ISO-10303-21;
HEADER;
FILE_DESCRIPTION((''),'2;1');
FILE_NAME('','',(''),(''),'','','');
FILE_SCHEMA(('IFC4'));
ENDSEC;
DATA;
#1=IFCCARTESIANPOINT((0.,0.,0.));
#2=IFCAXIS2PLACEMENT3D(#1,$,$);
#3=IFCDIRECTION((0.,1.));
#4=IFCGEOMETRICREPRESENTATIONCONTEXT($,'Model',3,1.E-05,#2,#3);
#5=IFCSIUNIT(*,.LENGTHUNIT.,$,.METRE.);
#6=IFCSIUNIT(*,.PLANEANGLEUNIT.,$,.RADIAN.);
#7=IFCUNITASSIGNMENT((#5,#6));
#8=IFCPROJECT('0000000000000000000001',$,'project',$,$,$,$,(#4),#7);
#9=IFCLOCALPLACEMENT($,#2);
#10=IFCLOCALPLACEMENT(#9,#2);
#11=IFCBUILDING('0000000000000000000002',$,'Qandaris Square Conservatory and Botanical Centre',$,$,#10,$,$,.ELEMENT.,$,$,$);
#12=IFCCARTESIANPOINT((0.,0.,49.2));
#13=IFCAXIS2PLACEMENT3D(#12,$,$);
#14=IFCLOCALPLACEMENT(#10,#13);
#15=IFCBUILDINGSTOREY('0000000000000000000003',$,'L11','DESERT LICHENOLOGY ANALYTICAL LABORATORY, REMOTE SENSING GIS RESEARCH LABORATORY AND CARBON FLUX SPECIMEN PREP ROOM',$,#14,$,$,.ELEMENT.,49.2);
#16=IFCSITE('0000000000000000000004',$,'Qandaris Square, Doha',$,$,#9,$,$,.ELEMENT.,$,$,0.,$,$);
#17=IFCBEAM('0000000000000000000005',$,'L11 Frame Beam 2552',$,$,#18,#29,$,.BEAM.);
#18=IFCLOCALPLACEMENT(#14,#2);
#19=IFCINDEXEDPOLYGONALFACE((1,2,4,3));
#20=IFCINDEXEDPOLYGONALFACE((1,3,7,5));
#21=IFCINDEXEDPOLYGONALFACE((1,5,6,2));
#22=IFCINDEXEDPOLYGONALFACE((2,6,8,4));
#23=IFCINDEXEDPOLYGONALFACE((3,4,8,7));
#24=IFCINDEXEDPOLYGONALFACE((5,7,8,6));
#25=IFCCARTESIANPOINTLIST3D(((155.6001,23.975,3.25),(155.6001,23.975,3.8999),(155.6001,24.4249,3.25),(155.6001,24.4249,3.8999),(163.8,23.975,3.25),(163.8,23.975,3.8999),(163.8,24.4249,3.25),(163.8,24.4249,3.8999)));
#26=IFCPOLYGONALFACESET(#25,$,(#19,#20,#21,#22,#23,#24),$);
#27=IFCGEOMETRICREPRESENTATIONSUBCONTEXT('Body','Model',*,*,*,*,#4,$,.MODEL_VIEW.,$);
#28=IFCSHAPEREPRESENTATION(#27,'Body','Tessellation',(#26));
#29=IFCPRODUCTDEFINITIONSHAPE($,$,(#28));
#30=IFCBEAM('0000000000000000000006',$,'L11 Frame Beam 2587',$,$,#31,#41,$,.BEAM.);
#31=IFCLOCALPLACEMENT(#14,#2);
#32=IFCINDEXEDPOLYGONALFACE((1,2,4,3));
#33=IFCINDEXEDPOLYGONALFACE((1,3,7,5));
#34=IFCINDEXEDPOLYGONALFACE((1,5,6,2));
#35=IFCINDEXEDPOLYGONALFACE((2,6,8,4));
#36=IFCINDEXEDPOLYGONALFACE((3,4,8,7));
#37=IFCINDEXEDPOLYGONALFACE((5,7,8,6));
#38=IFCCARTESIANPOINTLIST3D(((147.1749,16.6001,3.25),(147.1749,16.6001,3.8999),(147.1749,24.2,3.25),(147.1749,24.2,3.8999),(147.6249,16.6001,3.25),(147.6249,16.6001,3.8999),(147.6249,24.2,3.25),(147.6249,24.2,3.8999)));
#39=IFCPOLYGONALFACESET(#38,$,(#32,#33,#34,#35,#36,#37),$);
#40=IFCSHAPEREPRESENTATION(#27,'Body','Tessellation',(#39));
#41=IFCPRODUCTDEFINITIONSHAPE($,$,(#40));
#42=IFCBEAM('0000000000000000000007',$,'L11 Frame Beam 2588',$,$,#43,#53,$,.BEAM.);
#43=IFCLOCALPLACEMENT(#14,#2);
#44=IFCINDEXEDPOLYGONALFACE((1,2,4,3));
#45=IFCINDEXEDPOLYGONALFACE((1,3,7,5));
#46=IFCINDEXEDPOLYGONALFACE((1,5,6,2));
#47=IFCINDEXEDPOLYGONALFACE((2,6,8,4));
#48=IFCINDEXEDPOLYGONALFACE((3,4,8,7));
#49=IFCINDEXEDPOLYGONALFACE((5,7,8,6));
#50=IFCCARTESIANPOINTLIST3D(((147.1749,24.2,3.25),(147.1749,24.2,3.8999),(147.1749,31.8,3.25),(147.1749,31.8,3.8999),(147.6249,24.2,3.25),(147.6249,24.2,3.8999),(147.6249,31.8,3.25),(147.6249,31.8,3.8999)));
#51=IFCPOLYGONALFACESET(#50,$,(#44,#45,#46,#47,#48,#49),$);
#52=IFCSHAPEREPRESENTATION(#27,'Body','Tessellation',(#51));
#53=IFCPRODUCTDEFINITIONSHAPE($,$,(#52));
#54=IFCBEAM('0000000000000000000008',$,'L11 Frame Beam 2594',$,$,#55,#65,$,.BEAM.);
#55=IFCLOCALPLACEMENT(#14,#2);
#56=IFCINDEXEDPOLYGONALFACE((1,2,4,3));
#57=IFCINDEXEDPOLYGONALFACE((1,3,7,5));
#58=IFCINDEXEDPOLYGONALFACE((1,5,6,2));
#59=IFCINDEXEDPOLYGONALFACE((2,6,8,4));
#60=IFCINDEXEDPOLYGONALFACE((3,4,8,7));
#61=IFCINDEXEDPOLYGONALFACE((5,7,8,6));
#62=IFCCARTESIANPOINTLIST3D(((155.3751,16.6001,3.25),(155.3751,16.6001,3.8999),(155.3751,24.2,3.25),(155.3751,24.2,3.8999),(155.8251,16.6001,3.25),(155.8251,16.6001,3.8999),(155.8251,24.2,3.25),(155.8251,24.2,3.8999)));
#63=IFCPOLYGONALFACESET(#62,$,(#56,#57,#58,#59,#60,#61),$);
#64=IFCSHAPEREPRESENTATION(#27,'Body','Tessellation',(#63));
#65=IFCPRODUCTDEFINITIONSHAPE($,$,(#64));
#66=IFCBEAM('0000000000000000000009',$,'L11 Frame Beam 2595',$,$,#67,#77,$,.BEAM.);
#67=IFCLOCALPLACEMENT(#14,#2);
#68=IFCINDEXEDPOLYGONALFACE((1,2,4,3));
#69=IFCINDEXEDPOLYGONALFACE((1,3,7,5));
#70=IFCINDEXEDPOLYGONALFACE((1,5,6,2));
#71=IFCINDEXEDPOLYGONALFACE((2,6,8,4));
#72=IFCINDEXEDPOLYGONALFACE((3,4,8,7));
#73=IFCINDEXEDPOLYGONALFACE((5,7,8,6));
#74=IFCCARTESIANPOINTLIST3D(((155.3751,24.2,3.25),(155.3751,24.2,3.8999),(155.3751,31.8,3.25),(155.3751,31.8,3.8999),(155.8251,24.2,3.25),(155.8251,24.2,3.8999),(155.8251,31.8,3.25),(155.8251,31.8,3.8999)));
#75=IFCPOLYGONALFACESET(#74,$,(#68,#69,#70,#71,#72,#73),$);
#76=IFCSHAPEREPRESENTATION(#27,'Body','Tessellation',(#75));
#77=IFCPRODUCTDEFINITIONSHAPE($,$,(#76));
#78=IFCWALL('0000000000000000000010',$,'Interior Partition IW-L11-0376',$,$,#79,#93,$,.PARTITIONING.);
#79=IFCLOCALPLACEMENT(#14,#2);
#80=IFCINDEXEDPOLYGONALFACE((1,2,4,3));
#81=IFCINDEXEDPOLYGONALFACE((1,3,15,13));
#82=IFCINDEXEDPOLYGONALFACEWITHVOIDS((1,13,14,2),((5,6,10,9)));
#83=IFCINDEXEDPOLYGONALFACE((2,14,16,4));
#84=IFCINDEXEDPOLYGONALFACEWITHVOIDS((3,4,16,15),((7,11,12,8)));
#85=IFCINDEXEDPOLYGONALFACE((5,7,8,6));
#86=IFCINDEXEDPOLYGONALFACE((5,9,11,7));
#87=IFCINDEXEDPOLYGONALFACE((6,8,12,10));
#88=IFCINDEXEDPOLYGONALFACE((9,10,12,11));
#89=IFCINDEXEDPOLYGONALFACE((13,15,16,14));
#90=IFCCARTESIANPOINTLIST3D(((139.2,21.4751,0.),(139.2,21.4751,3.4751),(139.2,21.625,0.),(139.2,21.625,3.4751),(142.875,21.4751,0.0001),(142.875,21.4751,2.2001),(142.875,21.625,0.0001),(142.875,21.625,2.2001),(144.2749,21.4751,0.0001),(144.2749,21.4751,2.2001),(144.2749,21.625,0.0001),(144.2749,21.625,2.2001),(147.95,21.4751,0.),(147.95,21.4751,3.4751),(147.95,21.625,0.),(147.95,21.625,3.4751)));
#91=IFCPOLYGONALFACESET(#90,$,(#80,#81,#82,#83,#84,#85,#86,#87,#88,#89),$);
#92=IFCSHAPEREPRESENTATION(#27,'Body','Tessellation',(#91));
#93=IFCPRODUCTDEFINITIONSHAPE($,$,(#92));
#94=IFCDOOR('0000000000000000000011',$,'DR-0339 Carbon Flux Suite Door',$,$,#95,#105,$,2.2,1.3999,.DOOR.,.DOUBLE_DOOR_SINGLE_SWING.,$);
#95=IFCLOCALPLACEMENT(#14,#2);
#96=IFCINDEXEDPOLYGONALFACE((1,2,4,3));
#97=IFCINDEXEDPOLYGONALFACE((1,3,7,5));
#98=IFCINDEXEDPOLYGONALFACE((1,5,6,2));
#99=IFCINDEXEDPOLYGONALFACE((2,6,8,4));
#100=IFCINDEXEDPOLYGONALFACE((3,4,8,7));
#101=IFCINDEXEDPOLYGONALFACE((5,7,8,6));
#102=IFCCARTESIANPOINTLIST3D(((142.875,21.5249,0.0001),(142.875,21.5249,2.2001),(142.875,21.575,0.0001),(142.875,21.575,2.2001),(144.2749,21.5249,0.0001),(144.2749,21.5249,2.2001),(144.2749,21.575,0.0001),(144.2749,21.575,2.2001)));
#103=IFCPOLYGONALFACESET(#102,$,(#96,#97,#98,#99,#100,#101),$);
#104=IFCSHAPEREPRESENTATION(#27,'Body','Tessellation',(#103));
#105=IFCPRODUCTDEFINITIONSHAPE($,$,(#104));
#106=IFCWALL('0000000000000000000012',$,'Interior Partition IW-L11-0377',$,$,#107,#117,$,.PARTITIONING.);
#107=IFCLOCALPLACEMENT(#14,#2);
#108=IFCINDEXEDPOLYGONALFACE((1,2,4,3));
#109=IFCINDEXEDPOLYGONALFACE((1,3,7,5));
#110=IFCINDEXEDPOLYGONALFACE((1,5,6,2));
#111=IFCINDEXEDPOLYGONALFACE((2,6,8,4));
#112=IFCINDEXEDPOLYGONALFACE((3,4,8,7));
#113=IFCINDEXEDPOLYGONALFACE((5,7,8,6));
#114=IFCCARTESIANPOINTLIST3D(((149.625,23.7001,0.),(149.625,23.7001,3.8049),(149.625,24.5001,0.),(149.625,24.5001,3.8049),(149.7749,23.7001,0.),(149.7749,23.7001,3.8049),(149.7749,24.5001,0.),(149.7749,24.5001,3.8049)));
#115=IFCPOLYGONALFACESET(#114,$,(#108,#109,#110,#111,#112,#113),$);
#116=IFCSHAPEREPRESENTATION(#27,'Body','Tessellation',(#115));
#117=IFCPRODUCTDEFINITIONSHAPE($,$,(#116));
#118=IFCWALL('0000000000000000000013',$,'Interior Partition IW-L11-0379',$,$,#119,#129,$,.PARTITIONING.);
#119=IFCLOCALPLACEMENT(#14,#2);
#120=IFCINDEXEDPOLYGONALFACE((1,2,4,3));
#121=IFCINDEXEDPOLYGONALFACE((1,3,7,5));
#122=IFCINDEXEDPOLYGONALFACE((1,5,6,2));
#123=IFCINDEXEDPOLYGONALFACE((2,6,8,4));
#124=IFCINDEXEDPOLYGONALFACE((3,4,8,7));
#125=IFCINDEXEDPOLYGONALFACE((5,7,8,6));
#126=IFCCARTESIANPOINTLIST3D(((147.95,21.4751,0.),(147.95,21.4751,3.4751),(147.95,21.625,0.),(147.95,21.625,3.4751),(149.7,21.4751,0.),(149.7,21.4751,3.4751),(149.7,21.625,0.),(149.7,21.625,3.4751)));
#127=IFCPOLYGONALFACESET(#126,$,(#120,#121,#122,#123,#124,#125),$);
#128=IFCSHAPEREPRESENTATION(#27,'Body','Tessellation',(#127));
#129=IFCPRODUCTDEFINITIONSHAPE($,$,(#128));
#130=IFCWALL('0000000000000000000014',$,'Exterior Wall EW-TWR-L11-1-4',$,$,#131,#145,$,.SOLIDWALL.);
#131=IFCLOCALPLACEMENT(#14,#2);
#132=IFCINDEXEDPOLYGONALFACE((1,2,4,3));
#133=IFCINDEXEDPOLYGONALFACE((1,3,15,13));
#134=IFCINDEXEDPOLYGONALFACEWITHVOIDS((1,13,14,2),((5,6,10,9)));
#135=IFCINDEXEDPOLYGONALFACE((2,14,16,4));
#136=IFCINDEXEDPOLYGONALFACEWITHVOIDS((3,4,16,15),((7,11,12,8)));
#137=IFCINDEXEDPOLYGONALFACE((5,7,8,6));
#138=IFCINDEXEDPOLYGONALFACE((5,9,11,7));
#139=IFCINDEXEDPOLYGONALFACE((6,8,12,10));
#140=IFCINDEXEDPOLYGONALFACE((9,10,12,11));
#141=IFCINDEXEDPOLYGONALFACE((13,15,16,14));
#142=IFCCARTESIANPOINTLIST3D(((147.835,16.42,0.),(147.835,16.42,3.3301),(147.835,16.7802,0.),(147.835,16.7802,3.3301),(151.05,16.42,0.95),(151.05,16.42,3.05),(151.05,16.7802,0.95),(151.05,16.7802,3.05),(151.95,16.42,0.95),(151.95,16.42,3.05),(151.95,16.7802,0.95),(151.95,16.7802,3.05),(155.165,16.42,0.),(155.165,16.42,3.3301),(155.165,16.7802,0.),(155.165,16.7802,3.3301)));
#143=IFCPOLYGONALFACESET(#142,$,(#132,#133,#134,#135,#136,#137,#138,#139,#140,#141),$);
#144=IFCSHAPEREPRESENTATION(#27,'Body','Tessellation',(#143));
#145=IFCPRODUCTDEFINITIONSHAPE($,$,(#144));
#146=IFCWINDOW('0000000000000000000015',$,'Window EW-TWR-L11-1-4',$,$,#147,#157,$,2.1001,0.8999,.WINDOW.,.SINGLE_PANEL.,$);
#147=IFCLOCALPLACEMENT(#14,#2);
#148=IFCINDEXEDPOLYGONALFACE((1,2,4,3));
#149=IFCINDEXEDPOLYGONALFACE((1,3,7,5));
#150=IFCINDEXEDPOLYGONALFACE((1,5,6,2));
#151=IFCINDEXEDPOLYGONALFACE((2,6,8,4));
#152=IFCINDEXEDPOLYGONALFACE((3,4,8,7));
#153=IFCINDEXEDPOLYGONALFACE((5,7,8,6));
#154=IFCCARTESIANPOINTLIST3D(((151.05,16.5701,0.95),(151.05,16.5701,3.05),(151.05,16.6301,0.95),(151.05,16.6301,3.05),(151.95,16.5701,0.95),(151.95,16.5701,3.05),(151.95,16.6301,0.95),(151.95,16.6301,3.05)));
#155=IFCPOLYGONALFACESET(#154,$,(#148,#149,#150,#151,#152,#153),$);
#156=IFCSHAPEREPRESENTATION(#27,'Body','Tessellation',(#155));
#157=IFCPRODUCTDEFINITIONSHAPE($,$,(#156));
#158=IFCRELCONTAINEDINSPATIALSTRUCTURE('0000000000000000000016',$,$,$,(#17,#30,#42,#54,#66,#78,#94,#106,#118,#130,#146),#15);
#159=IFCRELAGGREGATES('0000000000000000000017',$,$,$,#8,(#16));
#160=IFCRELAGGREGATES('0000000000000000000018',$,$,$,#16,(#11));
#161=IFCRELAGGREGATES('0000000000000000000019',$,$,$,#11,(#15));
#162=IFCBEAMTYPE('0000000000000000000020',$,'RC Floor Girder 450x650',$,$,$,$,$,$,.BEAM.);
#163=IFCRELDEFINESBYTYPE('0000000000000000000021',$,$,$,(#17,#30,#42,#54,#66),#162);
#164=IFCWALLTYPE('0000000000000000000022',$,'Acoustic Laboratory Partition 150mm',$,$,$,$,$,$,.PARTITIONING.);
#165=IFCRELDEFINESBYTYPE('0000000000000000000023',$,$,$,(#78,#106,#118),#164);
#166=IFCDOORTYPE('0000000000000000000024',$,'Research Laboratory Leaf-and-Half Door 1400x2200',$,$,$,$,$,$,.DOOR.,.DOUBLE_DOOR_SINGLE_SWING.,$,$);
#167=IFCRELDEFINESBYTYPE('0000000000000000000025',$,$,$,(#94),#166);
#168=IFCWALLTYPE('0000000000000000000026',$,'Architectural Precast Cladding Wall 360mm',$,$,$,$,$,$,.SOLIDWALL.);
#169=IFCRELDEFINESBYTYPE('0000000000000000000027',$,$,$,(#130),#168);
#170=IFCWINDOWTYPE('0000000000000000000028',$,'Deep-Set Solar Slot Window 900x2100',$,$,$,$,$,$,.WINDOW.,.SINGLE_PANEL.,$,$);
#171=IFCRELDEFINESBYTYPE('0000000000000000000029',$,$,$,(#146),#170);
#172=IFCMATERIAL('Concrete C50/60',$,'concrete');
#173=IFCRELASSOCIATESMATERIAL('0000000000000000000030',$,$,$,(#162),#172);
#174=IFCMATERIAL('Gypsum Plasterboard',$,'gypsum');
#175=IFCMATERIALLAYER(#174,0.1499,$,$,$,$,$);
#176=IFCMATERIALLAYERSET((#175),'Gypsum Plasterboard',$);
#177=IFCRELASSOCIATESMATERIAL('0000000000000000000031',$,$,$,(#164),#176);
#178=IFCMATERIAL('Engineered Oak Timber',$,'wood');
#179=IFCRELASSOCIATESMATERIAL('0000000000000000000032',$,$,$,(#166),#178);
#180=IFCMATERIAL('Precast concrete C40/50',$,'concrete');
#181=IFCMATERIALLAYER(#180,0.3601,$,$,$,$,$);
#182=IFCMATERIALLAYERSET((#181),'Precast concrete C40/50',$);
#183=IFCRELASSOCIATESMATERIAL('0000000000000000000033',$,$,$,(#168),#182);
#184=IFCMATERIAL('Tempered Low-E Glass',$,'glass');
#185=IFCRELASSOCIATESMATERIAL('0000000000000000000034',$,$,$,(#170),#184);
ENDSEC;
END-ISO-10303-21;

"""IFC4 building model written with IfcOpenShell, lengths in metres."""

from ifc_helpers import new_model, si_unit, direction, frame, frame_2d, origin, origin_2d, place, context, subcontext, project, spatial, rectangle, extrude, material, layer, layer_set, material_profile, profile_set, type_object, element, fill, save


model = new_model("IFC4")

# Units and contexts
model_context = context("Model", 3, precision=1e-05, world=origin(), true_north=direction((0.0, 1.0)))
body_context = subcontext(model_context, "Body", "Model", "MODEL_VIEW")
ifc_project = project(units=[si_unit("LENGTHUNIT", "METRE"), si_unit("PLANEANGLEUNIT", "RADIAN")], contexts=[model_context])

# Site, building, storey
site_placement = place(None, origin())
site = spatial("IfcSite", under=ifc_project, at=site_placement, Name="Qandaris Square, Doha", CompositionType="ELEMENT", RefElevation=0.0)
building_placement = place(site_placement, origin())
building = spatial("IfcBuilding", under=site, at=building_placement, Name="Qandaris Square Conservatory and Botanical Centre", CompositionType="ELEMENT")
storey_placement = place(building_placement, frame((0.0, 0.0, 49.2)))
storey = spatial("IfcBuildingStorey", under=building, at=storey_placement, Name="L11", Description="DESERT LICHENOLOGY ANALYTICAL LABORATORY, REMOTE SENSING GIS RESEARCH LABORATORY AND CARBON FLUX SPECIMEN PREP ROOM", CompositionType="ELEMENT", Elevation=49.2)

# Shared definitions
ifc_material_1 = material(Name="Concrete C50/60", Category="concrete")

# Beams
ifc_material_profile_1 = material_profile(ifc_material_1, rectangle(XDim=0.45, YDim=0.6499, at=origin_2d()), Name="RC-BM 450x650")
ifc_profile_set_1 = profile_set([ifc_material_profile_1], Name="Concrete C50/60")
beam_type_1 = type_object("IfcBeamType", Name="RC Floor Girder 450x650", PredefinedType="BEAM", material=ifc_profile_set_1)
beam_1_placement = place(storey_placement, frame((155.6001, 24.2, 3.575), z_axis=(1.0, 0.0, 0.0), x_axis=(0.0, 1.0, 0.0)))
element("IfcBeam", 1, at=beam_1_placement, inside=storey, type_object=beam_type_1, Name="L11 Frame Beam 2552", PredefinedType="BEAM", context=body_context, shape_type="SweptSolid", body=[
    extrude(rectangle(XDim=0.45, YDim=0.6499, at=origin_2d()), origin(), (0.0, 0.0, 1.0), 8.2),
])
beam_2_placement = place(storey_placement, frame((147.3999, 16.6001, 3.575), z_axis=(0.0, 1.0, 0.0), x_axis=(-1.0, 0.0, 0.0)))
element("IfcBeam", 2, at=beam_2_placement, inside=storey, type_object=beam_type_1, Name="L11 Frame Beam 2587", PredefinedType="BEAM", context=body_context, shape_type="SweptSolid", body=[
    extrude(rectangle(XDim=0.45, YDim=0.6499, at=origin_2d()), origin(), (0.0, 0.0, 1.0), 7.5999),
])
beam_3_placement = place(storey_placement, frame((147.3999, 24.2, 3.575), z_axis=(0.0, 1.0, 0.0), x_axis=(-1.0, 0.0, 0.0)))
element("IfcBeam", 3, at=beam_3_placement, inside=storey, type_object=beam_type_1, Name="L11 Frame Beam 2588", PredefinedType="BEAM", context=body_context, shape_type="SweptSolid", body=[
    extrude(rectangle(XDim=0.45, YDim=0.6499, at=origin_2d()), origin(), (0.0, 0.0, 1.0), 7.6001),
])
beam_4_placement = place(storey_placement, frame((155.6001, 16.6001, 3.575), z_axis=(0.0, 1.0, 0.0), x_axis=(-1.0, 0.0, 0.0)))
element("IfcBeam", 4, at=beam_4_placement, inside=storey, type_object=beam_type_1, Name="L11 Frame Beam 2594", PredefinedType="BEAM", context=body_context, shape_type="SweptSolid", body=[
    extrude(rectangle(XDim=0.45, YDim=0.6499, at=origin_2d()), origin(), (0.0, 0.0, 1.0), 7.5999),
])
beam_5_placement = place(storey_placement, frame((155.6001, 24.2, 3.575), z_axis=(0.0, 1.0, 0.0), x_axis=(-1.0, 0.0, 0.0)))
element("IfcBeam", 5, at=beam_5_placement, inside=storey, type_object=beam_type_1, Name="L11 Frame Beam 2595", PredefinedType="BEAM", context=body_context, shape_type="SweptSolid", body=[
    extrude(rectangle(XDim=0.45, YDim=0.6499, at=origin_2d()), origin(), (0.0, 0.0, 1.0), 7.6001),
])

# Wall, opening, door
ifc_material_2 = material(Name="Gypsum Plasterboard", Category="gypsum")
ifc_layer_1 = layer(ifc_material_2, 0.1499)
ifc_layer_set_1 = layer_set([ifc_layer_1], Name="Gypsum Plasterboard")
wall_type_1 = type_object("IfcWallType", Name="Acoustic Laboratory Partition 150mm", PredefinedType="PARTITIONING", material=ifc_layer_set_1)
wall_1_placement = place(storey_placement, frame((147.95, 21.55, 0.0), z_axis=(0.0, 0.0, 1.0), x_axis=(-1.0, 0.0, 0.0)))
wall_1 = element("IfcWall", 6, at=wall_1_placement, inside=storey, type_object=wall_type_1, Name="Interior Partition IW-L11-0376", PredefinedType="PARTITIONING", context=body_context, shape_type="SweptSolid", body=[
    extrude(rectangle(XDim=8.75, YDim=0.1499, at=frame_2d((4.375, 0.0))), origin(), (0.0, 0.0, 1.0), 3.4751),
])
opening_1_placement = place(wall_1_placement, frame((3.675, 0.0, 0.0)))
opening_1 = element("IfcOpeningElement", 7, at=opening_1_placement, cuts=wall_1, PredefinedType="OPENING", context=body_context, shape_type="SweptSolid", body=[
    extrude(rectangle(XDim=1.3999, YDim=2.2, at=frame_2d((0.7, 1.1001))), frame((0.0, 0.0869, 0.0), z_axis=(0.0, -1.0, 0.0), x_axis=(1.0, 0.0, 0.0)), (0.0, 0.0, 1.0), 0.1738),
])
ifc_material_3 = material(Name="Engineered Oak Timber", Category="wood")
door_type_1 = type_object("IfcDoorType", Name="Research Laboratory Leaf-and-Half Door 1400x2200", OperationType="DOUBLE_DOOR_SINGLE_SWING", PredefinedType="DOOR", material=ifc_material_3)
door_1_placement = place(opening_1_placement, frame((1.3999, 0.0, 0.0), z_axis=(0.0, 0.0, 1.0), x_axis=(-1.0, 0.0, 0.0)))
door_1 = element("IfcDoor", 8, at=door_1_placement, inside=storey, type_object=door_type_1, Name="DR-0339 Carbon Flux Suite Door", OperationType="DOUBLE_DOOR_SINGLE_SWING", OverallHeight=2.2, OverallWidth=1.3999, PredefinedType="DOOR", context=body_context, shape_type="SweptSolid", body=[
    extrude(rectangle(XDim=1.3999, YDim=2.2, at=frame_2d((0.7, 1.1001))), frame((0.0, 0.0249, 0.0), z_axis=(0.0, -1.0, 0.0), x_axis=(1.0, 0.0, 0.0)), (0.0, 0.0, 1.0), 0.05),
])
fill(opening_1, door_1)

# Walls
wall_2_placement = place(storey_placement, frame((149.7, 24.5, 0.0), z_axis=(0.0, 0.0, 1.0), x_axis=(0.0, -1.0, 0.0)))
element("IfcWall", 9, at=wall_2_placement, inside=storey, type_object=wall_type_1, Name="Interior Partition IW-L11-0377", PredefinedType="PARTITIONING", context=body_context, shape_type="SweptSolid", body=[
    extrude(rectangle(XDim=0.8, YDim=0.1499, at=frame_2d((0.3999, 0.0))), origin(), (0.0, 0.0, 1.0), 3.8049),
])
wall_3_placement = place(storey_placement, frame((149.7, 21.55, 0.0), z_axis=(0.0, 0.0, 1.0), x_axis=(-1.0, 0.0, 0.0)))
element("IfcWall", 10, at=wall_3_placement, inside=storey, type_object=wall_type_1, Name="Interior Partition IW-L11-0379", PredefinedType="PARTITIONING", context=body_context, shape_type="SweptSolid", body=[
    extrude(rectangle(XDim=1.75, YDim=0.1499, at=frame_2d((0.875, 0.0))), origin(), (0.0, 0.0, 1.0), 3.4751),
])

# Wall, opening, window
ifc_material_4 = material(Name="Precast concrete C40/50", Category="concrete")
ifc_layer_2 = layer(ifc_material_4, 0.3601)
ifc_layer_set_2 = layer_set([ifc_layer_2], Name="Precast concrete C40/50")
wall_type_2 = type_object("IfcWallType", Name="Architectural Precast Cladding Wall 360mm", PredefinedType="SOLIDWALL", material=ifc_layer_set_2)
wall_4_placement = place(storey_placement, frame((147.835, 16.6001, 0.0), z_axis=(0.0, 0.0, 1.0), x_axis=(1.0, 0.0, 0.0)))
wall_4 = element("IfcWall", 11, at=wall_4_placement, inside=storey, type_object=wall_type_2, Name="Exterior Wall EW-TWR-L11-1-4", PredefinedType="SOLIDWALL", context=body_context, shape_type="SweptSolid", body=[
    extrude(rectangle(XDim=7.3301, YDim=0.3601, at=frame_2d((3.665, 0.0))), origin(), (0.0, 0.0, 1.0), 3.3301),
])
opening_2_placement = place(wall_4_placement, frame((3.2151, 0.0, 0.95)))
opening_2 = element("IfcOpeningElement", 12, at=opening_2_placement, cuts=wall_4, PredefinedType="OPENING", context=body_context, shape_type="SweptSolid", body=[
    extrude(rectangle(XDim=0.8999, YDim=2.1001, at=frame_2d((0.45, 1.05))), frame((0.0, 0.1919, 0.0), z_axis=(0.0, -1.0, 0.0), x_axis=(1.0, 0.0, 0.0)), (0.0, 0.0, 1.0), 0.384),
])
ifc_material_5 = material(Name="Tempered Low-E Glass", Category="glass")
window_type = type_object("IfcWindowType", Name="Deep-Set Solar Slot Window 900x2100", PartitioningType="SINGLE_PANEL", PredefinedType="WINDOW", material=ifc_material_5)
window_placement = place(opening_2_placement, origin())
window = element("IfcWindow", 13, at=window_placement, inside=storey, type_object=window_type, Name="Window EW-TWR-L11-1-4", OverallHeight=2.1001, OverallWidth=0.8999, PartitioningType="SINGLE_PANEL", PredefinedType="WINDOW", context=body_context, shape_type="SweptSolid", body=[
    extrude(rectangle(XDim=0.8999, YDim=2.1001, at=frame_2d((0.45, 1.05))), frame((0.0, 0.03, 0.0), z_axis=(0.0, -1.0, 0.0), x_axis=(1.0, 0.0, 0.0)), (0.0, 0.0, 1.0), 0.0601),
])
fill(opening_2, window)

save(model, "model.ifc")
